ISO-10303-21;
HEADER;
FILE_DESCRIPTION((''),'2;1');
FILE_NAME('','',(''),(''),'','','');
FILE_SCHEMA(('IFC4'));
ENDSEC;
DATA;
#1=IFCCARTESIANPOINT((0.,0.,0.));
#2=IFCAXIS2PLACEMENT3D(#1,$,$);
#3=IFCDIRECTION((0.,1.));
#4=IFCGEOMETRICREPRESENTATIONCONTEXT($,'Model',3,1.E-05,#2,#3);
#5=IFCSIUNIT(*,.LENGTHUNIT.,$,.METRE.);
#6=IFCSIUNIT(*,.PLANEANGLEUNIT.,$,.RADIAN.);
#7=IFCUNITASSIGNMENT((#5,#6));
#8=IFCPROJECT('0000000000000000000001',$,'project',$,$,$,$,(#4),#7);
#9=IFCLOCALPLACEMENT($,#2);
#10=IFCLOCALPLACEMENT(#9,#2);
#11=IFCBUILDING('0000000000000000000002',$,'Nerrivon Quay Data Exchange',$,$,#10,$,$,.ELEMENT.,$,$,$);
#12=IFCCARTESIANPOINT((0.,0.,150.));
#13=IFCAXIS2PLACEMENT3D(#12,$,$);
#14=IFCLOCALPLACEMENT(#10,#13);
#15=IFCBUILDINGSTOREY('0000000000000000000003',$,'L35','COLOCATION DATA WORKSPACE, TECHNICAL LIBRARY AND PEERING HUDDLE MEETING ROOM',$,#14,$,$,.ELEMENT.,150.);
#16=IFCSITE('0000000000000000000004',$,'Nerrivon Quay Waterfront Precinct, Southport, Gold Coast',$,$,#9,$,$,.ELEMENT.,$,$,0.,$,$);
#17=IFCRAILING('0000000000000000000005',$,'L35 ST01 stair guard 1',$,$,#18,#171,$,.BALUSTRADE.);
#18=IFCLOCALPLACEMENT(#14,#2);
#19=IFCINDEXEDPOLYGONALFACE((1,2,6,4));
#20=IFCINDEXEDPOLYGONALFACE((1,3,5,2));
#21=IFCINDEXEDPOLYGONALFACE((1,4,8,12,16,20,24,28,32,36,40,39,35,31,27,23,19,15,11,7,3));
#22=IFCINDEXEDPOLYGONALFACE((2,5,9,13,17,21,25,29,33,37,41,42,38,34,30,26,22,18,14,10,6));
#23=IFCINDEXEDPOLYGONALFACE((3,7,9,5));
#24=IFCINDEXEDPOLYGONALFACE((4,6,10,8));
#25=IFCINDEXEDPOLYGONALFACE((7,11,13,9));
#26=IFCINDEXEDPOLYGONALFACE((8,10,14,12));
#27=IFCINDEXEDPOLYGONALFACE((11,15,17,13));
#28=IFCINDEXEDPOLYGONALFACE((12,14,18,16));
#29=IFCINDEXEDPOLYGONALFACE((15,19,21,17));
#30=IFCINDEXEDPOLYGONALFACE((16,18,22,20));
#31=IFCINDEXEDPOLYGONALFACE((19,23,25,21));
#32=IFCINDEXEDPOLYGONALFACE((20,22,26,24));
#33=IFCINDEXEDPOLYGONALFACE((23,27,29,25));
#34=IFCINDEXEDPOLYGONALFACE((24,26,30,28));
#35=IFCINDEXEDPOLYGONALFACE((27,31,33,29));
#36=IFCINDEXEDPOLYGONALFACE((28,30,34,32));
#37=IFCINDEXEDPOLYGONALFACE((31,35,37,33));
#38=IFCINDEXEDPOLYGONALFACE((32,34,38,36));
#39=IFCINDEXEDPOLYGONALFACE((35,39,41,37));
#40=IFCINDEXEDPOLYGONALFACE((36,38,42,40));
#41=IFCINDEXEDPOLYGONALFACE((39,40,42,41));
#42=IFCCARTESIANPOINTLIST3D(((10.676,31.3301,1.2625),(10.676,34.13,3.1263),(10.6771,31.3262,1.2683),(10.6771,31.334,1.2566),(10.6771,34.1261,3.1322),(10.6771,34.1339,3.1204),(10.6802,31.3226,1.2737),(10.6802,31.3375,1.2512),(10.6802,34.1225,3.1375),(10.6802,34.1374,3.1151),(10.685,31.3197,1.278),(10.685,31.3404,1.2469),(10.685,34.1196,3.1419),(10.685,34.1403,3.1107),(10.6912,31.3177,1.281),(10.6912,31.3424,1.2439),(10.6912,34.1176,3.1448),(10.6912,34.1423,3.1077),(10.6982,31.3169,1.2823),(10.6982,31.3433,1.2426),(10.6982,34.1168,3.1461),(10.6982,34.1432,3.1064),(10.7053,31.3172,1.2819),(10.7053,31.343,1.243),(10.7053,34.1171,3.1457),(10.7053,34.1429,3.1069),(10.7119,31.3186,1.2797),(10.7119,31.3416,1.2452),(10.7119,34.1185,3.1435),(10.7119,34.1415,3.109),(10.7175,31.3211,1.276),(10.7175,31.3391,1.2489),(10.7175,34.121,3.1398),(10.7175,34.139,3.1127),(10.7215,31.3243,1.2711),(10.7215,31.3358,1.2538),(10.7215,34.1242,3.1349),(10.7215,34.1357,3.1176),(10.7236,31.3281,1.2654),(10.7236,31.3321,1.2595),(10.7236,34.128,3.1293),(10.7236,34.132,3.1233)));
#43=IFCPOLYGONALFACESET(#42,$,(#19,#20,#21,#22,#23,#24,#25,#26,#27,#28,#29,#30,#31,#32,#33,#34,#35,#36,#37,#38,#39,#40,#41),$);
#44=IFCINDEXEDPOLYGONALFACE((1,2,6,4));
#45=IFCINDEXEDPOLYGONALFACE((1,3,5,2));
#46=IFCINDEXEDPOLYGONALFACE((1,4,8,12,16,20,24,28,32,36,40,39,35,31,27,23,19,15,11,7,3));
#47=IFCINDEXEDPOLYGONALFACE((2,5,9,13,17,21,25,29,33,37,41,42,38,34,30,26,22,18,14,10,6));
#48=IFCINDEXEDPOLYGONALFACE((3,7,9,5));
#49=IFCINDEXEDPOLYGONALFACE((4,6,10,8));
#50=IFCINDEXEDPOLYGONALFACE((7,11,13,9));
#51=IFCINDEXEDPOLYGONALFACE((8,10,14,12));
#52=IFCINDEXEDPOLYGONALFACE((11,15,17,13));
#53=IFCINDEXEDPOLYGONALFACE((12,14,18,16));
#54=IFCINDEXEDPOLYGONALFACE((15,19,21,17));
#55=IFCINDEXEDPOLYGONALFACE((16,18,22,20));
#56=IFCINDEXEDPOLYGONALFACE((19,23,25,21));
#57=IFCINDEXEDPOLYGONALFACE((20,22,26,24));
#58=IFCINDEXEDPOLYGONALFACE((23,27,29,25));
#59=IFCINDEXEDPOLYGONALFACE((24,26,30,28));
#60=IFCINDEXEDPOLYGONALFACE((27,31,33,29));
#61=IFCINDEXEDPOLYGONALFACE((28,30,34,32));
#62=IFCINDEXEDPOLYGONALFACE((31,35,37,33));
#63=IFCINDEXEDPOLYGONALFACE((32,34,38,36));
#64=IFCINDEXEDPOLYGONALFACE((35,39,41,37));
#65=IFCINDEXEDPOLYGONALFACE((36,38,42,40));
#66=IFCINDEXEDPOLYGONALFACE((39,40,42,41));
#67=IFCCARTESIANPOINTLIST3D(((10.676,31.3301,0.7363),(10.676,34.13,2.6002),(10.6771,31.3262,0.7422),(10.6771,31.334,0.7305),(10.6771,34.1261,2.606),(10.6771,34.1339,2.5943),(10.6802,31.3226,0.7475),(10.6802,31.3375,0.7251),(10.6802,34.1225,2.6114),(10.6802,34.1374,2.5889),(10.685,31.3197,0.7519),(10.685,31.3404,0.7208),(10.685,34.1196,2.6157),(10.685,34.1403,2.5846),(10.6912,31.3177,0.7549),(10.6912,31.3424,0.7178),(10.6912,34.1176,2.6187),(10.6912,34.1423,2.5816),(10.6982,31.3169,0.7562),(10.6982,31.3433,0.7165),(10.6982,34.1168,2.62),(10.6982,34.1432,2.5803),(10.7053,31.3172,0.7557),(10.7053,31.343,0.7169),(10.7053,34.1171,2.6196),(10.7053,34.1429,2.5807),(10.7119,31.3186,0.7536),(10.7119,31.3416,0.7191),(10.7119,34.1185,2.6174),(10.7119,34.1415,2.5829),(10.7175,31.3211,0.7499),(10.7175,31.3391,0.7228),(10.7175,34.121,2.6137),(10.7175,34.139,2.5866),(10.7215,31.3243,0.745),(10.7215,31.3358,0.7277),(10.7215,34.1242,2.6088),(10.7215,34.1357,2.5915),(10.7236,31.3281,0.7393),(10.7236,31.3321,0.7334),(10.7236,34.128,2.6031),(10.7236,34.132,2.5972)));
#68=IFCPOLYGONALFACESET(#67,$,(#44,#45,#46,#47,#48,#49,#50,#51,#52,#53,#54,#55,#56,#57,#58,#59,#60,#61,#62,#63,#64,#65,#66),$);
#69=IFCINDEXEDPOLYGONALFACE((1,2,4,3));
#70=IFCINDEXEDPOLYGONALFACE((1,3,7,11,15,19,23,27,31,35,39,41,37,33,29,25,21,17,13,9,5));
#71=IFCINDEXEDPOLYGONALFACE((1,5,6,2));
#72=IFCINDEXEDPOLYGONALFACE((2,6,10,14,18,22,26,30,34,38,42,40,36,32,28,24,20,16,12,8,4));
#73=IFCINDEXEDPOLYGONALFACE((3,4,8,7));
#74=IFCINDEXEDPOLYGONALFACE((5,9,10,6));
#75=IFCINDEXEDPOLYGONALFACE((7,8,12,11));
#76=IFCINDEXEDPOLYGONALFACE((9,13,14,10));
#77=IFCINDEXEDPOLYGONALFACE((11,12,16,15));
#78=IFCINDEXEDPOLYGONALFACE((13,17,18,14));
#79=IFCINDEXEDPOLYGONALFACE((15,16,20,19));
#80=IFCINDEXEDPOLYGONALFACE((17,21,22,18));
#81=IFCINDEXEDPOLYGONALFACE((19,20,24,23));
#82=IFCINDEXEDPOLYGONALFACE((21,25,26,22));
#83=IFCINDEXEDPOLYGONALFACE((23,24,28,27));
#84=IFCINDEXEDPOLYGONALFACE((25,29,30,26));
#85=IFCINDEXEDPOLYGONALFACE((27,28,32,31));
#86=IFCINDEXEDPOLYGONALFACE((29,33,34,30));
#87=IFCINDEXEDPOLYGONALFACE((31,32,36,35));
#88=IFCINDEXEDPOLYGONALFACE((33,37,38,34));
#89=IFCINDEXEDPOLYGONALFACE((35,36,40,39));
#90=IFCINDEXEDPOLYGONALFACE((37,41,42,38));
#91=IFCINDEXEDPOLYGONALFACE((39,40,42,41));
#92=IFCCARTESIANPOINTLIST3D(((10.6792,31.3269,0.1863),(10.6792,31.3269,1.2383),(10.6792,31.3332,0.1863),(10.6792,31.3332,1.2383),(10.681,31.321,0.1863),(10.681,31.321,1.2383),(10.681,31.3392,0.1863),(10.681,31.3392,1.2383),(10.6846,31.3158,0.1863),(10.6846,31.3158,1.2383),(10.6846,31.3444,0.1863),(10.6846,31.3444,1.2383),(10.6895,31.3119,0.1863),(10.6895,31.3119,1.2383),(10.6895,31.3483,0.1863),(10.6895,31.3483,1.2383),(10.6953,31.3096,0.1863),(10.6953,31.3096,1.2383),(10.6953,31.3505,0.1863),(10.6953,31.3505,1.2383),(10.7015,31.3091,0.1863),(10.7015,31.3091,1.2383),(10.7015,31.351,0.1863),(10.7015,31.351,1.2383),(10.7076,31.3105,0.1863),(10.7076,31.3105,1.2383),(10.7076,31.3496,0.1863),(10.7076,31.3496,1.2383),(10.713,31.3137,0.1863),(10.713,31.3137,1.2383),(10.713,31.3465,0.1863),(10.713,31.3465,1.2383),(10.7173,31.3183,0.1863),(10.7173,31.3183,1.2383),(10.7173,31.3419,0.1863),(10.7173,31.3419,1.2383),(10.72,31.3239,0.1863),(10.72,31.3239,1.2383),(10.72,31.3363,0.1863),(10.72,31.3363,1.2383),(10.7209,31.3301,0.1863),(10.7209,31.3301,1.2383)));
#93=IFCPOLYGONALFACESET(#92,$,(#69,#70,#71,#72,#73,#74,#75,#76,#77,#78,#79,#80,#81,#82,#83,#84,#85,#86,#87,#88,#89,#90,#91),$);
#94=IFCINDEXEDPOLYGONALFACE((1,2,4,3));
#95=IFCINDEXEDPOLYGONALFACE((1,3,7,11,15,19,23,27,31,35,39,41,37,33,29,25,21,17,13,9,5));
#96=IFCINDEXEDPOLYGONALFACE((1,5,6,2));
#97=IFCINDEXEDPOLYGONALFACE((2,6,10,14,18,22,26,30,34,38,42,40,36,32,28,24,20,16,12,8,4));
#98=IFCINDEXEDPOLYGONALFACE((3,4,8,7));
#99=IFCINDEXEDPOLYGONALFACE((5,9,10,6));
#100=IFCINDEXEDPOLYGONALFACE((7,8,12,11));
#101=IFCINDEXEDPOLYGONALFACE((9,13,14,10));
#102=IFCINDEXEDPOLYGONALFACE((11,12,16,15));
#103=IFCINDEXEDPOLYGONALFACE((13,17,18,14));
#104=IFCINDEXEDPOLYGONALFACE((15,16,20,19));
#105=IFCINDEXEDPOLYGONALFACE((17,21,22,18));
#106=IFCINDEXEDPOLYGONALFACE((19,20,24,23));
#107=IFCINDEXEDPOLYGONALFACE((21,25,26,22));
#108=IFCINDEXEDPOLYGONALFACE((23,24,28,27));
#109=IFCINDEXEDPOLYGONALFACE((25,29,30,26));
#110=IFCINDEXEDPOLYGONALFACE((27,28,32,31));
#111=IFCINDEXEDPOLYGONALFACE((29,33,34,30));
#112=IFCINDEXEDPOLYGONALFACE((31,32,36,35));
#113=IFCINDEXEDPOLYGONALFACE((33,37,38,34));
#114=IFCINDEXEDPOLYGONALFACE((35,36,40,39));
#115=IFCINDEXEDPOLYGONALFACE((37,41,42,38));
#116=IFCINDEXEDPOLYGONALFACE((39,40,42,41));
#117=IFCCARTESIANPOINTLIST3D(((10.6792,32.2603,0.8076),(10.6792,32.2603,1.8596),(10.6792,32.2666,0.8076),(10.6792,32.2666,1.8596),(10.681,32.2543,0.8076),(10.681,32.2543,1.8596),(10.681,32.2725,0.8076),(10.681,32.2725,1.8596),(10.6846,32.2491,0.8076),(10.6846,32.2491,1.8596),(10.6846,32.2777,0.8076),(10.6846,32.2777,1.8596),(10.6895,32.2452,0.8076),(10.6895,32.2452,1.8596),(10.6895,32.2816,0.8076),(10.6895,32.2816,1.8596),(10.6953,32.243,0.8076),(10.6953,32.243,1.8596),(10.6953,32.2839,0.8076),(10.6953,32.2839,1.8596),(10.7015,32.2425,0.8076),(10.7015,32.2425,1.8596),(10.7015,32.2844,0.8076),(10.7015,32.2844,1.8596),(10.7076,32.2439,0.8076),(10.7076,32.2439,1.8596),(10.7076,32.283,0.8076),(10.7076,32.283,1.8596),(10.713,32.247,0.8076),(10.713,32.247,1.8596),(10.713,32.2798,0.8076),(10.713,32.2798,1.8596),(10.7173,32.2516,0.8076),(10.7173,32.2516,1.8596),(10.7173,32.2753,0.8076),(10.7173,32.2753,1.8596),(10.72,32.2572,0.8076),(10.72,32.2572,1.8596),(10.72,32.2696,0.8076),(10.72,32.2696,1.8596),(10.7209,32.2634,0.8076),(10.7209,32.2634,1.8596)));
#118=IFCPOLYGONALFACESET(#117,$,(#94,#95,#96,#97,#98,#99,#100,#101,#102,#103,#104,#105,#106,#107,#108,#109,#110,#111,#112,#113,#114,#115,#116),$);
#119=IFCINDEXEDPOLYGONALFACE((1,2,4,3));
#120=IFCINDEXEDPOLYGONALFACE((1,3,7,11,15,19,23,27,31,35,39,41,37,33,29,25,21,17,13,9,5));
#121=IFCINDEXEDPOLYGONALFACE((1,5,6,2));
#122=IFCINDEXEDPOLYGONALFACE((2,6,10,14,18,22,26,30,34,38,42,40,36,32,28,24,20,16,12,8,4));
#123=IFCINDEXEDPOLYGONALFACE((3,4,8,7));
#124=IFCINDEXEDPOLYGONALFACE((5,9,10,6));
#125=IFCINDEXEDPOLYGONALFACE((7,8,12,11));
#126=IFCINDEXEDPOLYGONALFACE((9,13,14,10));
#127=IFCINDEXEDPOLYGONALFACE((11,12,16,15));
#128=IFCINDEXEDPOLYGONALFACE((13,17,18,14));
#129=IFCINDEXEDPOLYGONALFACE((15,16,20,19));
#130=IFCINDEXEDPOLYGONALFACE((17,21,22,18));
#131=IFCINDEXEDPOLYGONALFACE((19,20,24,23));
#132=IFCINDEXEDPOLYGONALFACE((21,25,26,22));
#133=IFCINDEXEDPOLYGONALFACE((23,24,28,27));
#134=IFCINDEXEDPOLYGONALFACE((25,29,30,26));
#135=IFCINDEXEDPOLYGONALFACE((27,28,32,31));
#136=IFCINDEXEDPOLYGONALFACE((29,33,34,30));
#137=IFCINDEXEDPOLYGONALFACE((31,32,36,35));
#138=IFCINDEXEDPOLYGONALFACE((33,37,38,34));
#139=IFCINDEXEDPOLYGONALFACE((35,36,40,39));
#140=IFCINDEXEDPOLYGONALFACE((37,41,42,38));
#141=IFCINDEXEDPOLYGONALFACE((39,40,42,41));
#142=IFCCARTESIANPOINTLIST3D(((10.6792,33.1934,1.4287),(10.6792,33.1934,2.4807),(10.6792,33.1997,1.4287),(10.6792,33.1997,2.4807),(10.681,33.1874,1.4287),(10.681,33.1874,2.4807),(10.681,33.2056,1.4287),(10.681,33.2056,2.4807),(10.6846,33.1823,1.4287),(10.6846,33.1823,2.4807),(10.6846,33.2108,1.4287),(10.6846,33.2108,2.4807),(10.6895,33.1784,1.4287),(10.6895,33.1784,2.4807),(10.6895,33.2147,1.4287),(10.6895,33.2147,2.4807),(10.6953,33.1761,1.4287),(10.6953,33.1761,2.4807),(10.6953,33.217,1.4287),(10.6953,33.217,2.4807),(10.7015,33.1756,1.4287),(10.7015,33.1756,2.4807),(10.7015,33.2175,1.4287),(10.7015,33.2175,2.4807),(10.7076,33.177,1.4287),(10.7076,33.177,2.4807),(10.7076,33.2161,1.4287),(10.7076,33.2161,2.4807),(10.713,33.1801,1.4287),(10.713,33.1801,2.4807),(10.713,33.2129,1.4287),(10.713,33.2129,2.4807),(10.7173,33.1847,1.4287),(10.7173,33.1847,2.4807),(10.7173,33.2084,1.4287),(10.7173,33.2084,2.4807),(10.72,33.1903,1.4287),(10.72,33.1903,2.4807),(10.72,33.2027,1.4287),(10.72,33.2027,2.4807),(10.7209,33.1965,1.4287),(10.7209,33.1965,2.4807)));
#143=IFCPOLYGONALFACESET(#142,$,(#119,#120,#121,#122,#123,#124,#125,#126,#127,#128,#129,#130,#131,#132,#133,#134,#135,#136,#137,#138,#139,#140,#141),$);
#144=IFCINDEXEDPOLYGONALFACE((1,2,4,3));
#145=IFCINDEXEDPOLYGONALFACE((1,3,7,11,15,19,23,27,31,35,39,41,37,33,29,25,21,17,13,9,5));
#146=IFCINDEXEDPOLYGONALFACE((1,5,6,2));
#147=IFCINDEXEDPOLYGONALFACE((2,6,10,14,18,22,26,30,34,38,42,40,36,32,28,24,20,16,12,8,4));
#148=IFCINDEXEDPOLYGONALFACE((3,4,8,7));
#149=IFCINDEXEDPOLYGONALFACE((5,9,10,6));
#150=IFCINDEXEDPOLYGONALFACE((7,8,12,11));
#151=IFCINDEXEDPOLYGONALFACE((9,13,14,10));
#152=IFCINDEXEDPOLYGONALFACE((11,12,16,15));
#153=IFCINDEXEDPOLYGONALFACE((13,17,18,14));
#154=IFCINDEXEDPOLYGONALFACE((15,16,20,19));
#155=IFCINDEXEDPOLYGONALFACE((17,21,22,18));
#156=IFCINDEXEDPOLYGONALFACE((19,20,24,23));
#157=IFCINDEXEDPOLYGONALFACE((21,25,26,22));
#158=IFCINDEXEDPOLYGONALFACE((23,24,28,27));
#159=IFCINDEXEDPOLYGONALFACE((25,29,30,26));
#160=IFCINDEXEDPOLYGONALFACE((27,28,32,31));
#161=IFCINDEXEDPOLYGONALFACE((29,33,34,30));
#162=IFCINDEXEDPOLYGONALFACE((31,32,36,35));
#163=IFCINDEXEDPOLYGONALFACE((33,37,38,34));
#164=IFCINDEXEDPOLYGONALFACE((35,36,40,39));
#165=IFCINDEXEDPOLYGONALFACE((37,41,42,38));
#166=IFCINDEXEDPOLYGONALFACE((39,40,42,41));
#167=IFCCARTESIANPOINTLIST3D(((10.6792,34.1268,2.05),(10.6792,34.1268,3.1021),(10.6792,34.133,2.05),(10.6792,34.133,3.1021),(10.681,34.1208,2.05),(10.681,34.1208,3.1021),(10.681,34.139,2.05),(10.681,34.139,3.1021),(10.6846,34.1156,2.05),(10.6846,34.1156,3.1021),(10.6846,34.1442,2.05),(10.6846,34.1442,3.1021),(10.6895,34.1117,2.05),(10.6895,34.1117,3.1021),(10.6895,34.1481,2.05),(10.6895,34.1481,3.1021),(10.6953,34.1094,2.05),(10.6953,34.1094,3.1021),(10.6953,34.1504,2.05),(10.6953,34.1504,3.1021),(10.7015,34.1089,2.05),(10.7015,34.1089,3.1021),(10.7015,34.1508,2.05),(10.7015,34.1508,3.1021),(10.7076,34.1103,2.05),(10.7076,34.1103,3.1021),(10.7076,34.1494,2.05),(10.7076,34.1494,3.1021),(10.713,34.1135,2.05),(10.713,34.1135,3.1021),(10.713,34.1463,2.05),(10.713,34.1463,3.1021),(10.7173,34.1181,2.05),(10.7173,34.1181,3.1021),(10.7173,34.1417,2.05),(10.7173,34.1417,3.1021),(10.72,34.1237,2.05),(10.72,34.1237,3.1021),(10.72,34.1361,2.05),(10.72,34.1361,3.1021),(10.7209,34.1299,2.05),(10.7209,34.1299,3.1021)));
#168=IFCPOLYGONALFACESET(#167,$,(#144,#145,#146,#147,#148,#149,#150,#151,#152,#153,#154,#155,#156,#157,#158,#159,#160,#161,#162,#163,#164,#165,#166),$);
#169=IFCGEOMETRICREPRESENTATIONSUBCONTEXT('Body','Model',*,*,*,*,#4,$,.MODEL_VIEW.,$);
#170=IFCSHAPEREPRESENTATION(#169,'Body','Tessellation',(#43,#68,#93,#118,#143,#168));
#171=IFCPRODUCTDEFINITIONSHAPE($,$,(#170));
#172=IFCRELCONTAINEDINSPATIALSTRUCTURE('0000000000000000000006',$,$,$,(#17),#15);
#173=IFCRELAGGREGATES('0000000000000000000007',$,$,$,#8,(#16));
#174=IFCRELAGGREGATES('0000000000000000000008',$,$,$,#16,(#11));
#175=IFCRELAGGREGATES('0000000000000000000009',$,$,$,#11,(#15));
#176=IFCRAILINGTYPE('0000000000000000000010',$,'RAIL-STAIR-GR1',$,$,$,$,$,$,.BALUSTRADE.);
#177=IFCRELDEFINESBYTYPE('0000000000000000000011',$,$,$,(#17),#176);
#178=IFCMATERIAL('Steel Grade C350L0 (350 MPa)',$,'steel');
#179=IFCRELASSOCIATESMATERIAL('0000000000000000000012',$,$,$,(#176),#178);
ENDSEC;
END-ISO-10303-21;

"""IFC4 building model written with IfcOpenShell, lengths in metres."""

from ifc_helpers import new_model, si_unit, direction, frame, origin, origin_2d, place, context, subcontext, project, spatial, circle, extrude, material, type_object, element, save


model = new_model("IFC4")

# Units and contexts
model_context = context("Model", 3, precision=1e-05, world=origin(), true_north=direction((0.0, 1.0)))
body_context = subcontext(model_context, "Body", "Model", "MODEL_VIEW")
ifc_project = project(units=[si_unit("LENGTHUNIT", "METRE"), si_unit("PLANEANGLEUNIT", "RADIAN")], contexts=[model_context])

# Site, building, storey
site_placement = place(None, origin())
site = spatial("IfcSite", under=ifc_project, at=site_placement, Name="Nerrivon Quay Waterfront Precinct, Southport, Gold Coast", CompositionType="ELEMENT", RefElevation=0.0)
building_placement = place(site_placement, origin())
building = spatial("IfcBuilding", under=site, at=building_placement, Name="Nerrivon Quay Data Exchange", CompositionType="ELEMENT")
storey_placement = place(building_placement, frame((0.0, 0.0, 150.0)))
storey = spatial("IfcBuildingStorey", under=building, at=storey_placement, Name="L35", Description="COLOCATION DATA WORKSPACE, TECHNICAL LIBRARY AND PEERING HUDDLE MEETING ROOM", CompositionType="ELEMENT", Elevation=150.0)

# Railing
ifc_material_1 = material(Name="Steel Grade C350L0 (350 MPa)", Category="steel")
railing_type_1 = type_object("IfcRailingType", Name="RAIL-STAIR-GR1", PredefinedType="BALUSTRADE", material=ifc_material_1)
railing_1_placement = place(storey_placement, frame((10.7, 31.3301, 0.1863)))
element("IfcRailing", 1, at=railing_1_placement, inside=storey, type_object=railing_type_1, Name="L35 ST01 stair guard 1", PredefinedType="BALUSTRADE", context=body_context, shape_type="SweptSolid", body=[
    extrude(circle(Radius=0.0239, at=origin_2d()), frame((0.0, 0.0, 1.0762), z_axis=(0.0, 0.83243, 0.554131), x_axis=(-1.0, 0.0, 0.0)), (0.0, 0.0, 1.0), 3.3635),
    extrude(circle(Radius=0.0239, at=origin_2d()), frame((0.0, 0.0, 0.55), z_axis=(0.0, 0.83243, 0.554131), x_axis=(-1.0, 0.0, 0.0)), (0.0, 0.0, 1.0), 3.3635),
    extrude(circle(Radius=0.021, at=origin_2d()), origin(), (0.0, 0.0, 1.0), 1.052),
    extrude(circle(Radius=0.021, at=origin_2d()), frame((0.0, 0.9333, 0.6213)), (0.0, 0.0, 1.0), 1.052),
    extrude(circle(Radius=0.021, at=origin_2d()), frame((0.0, 1.8665, 1.2424)), (0.0, 0.0, 1.0), 1.052),
    extrude(circle(Radius=0.021, at=origin_2d()), frame((0.0, 2.7998, 1.8638)), (0.0, 0.0, 1.0), 1.052),
])

save(model, "model.ifc")
